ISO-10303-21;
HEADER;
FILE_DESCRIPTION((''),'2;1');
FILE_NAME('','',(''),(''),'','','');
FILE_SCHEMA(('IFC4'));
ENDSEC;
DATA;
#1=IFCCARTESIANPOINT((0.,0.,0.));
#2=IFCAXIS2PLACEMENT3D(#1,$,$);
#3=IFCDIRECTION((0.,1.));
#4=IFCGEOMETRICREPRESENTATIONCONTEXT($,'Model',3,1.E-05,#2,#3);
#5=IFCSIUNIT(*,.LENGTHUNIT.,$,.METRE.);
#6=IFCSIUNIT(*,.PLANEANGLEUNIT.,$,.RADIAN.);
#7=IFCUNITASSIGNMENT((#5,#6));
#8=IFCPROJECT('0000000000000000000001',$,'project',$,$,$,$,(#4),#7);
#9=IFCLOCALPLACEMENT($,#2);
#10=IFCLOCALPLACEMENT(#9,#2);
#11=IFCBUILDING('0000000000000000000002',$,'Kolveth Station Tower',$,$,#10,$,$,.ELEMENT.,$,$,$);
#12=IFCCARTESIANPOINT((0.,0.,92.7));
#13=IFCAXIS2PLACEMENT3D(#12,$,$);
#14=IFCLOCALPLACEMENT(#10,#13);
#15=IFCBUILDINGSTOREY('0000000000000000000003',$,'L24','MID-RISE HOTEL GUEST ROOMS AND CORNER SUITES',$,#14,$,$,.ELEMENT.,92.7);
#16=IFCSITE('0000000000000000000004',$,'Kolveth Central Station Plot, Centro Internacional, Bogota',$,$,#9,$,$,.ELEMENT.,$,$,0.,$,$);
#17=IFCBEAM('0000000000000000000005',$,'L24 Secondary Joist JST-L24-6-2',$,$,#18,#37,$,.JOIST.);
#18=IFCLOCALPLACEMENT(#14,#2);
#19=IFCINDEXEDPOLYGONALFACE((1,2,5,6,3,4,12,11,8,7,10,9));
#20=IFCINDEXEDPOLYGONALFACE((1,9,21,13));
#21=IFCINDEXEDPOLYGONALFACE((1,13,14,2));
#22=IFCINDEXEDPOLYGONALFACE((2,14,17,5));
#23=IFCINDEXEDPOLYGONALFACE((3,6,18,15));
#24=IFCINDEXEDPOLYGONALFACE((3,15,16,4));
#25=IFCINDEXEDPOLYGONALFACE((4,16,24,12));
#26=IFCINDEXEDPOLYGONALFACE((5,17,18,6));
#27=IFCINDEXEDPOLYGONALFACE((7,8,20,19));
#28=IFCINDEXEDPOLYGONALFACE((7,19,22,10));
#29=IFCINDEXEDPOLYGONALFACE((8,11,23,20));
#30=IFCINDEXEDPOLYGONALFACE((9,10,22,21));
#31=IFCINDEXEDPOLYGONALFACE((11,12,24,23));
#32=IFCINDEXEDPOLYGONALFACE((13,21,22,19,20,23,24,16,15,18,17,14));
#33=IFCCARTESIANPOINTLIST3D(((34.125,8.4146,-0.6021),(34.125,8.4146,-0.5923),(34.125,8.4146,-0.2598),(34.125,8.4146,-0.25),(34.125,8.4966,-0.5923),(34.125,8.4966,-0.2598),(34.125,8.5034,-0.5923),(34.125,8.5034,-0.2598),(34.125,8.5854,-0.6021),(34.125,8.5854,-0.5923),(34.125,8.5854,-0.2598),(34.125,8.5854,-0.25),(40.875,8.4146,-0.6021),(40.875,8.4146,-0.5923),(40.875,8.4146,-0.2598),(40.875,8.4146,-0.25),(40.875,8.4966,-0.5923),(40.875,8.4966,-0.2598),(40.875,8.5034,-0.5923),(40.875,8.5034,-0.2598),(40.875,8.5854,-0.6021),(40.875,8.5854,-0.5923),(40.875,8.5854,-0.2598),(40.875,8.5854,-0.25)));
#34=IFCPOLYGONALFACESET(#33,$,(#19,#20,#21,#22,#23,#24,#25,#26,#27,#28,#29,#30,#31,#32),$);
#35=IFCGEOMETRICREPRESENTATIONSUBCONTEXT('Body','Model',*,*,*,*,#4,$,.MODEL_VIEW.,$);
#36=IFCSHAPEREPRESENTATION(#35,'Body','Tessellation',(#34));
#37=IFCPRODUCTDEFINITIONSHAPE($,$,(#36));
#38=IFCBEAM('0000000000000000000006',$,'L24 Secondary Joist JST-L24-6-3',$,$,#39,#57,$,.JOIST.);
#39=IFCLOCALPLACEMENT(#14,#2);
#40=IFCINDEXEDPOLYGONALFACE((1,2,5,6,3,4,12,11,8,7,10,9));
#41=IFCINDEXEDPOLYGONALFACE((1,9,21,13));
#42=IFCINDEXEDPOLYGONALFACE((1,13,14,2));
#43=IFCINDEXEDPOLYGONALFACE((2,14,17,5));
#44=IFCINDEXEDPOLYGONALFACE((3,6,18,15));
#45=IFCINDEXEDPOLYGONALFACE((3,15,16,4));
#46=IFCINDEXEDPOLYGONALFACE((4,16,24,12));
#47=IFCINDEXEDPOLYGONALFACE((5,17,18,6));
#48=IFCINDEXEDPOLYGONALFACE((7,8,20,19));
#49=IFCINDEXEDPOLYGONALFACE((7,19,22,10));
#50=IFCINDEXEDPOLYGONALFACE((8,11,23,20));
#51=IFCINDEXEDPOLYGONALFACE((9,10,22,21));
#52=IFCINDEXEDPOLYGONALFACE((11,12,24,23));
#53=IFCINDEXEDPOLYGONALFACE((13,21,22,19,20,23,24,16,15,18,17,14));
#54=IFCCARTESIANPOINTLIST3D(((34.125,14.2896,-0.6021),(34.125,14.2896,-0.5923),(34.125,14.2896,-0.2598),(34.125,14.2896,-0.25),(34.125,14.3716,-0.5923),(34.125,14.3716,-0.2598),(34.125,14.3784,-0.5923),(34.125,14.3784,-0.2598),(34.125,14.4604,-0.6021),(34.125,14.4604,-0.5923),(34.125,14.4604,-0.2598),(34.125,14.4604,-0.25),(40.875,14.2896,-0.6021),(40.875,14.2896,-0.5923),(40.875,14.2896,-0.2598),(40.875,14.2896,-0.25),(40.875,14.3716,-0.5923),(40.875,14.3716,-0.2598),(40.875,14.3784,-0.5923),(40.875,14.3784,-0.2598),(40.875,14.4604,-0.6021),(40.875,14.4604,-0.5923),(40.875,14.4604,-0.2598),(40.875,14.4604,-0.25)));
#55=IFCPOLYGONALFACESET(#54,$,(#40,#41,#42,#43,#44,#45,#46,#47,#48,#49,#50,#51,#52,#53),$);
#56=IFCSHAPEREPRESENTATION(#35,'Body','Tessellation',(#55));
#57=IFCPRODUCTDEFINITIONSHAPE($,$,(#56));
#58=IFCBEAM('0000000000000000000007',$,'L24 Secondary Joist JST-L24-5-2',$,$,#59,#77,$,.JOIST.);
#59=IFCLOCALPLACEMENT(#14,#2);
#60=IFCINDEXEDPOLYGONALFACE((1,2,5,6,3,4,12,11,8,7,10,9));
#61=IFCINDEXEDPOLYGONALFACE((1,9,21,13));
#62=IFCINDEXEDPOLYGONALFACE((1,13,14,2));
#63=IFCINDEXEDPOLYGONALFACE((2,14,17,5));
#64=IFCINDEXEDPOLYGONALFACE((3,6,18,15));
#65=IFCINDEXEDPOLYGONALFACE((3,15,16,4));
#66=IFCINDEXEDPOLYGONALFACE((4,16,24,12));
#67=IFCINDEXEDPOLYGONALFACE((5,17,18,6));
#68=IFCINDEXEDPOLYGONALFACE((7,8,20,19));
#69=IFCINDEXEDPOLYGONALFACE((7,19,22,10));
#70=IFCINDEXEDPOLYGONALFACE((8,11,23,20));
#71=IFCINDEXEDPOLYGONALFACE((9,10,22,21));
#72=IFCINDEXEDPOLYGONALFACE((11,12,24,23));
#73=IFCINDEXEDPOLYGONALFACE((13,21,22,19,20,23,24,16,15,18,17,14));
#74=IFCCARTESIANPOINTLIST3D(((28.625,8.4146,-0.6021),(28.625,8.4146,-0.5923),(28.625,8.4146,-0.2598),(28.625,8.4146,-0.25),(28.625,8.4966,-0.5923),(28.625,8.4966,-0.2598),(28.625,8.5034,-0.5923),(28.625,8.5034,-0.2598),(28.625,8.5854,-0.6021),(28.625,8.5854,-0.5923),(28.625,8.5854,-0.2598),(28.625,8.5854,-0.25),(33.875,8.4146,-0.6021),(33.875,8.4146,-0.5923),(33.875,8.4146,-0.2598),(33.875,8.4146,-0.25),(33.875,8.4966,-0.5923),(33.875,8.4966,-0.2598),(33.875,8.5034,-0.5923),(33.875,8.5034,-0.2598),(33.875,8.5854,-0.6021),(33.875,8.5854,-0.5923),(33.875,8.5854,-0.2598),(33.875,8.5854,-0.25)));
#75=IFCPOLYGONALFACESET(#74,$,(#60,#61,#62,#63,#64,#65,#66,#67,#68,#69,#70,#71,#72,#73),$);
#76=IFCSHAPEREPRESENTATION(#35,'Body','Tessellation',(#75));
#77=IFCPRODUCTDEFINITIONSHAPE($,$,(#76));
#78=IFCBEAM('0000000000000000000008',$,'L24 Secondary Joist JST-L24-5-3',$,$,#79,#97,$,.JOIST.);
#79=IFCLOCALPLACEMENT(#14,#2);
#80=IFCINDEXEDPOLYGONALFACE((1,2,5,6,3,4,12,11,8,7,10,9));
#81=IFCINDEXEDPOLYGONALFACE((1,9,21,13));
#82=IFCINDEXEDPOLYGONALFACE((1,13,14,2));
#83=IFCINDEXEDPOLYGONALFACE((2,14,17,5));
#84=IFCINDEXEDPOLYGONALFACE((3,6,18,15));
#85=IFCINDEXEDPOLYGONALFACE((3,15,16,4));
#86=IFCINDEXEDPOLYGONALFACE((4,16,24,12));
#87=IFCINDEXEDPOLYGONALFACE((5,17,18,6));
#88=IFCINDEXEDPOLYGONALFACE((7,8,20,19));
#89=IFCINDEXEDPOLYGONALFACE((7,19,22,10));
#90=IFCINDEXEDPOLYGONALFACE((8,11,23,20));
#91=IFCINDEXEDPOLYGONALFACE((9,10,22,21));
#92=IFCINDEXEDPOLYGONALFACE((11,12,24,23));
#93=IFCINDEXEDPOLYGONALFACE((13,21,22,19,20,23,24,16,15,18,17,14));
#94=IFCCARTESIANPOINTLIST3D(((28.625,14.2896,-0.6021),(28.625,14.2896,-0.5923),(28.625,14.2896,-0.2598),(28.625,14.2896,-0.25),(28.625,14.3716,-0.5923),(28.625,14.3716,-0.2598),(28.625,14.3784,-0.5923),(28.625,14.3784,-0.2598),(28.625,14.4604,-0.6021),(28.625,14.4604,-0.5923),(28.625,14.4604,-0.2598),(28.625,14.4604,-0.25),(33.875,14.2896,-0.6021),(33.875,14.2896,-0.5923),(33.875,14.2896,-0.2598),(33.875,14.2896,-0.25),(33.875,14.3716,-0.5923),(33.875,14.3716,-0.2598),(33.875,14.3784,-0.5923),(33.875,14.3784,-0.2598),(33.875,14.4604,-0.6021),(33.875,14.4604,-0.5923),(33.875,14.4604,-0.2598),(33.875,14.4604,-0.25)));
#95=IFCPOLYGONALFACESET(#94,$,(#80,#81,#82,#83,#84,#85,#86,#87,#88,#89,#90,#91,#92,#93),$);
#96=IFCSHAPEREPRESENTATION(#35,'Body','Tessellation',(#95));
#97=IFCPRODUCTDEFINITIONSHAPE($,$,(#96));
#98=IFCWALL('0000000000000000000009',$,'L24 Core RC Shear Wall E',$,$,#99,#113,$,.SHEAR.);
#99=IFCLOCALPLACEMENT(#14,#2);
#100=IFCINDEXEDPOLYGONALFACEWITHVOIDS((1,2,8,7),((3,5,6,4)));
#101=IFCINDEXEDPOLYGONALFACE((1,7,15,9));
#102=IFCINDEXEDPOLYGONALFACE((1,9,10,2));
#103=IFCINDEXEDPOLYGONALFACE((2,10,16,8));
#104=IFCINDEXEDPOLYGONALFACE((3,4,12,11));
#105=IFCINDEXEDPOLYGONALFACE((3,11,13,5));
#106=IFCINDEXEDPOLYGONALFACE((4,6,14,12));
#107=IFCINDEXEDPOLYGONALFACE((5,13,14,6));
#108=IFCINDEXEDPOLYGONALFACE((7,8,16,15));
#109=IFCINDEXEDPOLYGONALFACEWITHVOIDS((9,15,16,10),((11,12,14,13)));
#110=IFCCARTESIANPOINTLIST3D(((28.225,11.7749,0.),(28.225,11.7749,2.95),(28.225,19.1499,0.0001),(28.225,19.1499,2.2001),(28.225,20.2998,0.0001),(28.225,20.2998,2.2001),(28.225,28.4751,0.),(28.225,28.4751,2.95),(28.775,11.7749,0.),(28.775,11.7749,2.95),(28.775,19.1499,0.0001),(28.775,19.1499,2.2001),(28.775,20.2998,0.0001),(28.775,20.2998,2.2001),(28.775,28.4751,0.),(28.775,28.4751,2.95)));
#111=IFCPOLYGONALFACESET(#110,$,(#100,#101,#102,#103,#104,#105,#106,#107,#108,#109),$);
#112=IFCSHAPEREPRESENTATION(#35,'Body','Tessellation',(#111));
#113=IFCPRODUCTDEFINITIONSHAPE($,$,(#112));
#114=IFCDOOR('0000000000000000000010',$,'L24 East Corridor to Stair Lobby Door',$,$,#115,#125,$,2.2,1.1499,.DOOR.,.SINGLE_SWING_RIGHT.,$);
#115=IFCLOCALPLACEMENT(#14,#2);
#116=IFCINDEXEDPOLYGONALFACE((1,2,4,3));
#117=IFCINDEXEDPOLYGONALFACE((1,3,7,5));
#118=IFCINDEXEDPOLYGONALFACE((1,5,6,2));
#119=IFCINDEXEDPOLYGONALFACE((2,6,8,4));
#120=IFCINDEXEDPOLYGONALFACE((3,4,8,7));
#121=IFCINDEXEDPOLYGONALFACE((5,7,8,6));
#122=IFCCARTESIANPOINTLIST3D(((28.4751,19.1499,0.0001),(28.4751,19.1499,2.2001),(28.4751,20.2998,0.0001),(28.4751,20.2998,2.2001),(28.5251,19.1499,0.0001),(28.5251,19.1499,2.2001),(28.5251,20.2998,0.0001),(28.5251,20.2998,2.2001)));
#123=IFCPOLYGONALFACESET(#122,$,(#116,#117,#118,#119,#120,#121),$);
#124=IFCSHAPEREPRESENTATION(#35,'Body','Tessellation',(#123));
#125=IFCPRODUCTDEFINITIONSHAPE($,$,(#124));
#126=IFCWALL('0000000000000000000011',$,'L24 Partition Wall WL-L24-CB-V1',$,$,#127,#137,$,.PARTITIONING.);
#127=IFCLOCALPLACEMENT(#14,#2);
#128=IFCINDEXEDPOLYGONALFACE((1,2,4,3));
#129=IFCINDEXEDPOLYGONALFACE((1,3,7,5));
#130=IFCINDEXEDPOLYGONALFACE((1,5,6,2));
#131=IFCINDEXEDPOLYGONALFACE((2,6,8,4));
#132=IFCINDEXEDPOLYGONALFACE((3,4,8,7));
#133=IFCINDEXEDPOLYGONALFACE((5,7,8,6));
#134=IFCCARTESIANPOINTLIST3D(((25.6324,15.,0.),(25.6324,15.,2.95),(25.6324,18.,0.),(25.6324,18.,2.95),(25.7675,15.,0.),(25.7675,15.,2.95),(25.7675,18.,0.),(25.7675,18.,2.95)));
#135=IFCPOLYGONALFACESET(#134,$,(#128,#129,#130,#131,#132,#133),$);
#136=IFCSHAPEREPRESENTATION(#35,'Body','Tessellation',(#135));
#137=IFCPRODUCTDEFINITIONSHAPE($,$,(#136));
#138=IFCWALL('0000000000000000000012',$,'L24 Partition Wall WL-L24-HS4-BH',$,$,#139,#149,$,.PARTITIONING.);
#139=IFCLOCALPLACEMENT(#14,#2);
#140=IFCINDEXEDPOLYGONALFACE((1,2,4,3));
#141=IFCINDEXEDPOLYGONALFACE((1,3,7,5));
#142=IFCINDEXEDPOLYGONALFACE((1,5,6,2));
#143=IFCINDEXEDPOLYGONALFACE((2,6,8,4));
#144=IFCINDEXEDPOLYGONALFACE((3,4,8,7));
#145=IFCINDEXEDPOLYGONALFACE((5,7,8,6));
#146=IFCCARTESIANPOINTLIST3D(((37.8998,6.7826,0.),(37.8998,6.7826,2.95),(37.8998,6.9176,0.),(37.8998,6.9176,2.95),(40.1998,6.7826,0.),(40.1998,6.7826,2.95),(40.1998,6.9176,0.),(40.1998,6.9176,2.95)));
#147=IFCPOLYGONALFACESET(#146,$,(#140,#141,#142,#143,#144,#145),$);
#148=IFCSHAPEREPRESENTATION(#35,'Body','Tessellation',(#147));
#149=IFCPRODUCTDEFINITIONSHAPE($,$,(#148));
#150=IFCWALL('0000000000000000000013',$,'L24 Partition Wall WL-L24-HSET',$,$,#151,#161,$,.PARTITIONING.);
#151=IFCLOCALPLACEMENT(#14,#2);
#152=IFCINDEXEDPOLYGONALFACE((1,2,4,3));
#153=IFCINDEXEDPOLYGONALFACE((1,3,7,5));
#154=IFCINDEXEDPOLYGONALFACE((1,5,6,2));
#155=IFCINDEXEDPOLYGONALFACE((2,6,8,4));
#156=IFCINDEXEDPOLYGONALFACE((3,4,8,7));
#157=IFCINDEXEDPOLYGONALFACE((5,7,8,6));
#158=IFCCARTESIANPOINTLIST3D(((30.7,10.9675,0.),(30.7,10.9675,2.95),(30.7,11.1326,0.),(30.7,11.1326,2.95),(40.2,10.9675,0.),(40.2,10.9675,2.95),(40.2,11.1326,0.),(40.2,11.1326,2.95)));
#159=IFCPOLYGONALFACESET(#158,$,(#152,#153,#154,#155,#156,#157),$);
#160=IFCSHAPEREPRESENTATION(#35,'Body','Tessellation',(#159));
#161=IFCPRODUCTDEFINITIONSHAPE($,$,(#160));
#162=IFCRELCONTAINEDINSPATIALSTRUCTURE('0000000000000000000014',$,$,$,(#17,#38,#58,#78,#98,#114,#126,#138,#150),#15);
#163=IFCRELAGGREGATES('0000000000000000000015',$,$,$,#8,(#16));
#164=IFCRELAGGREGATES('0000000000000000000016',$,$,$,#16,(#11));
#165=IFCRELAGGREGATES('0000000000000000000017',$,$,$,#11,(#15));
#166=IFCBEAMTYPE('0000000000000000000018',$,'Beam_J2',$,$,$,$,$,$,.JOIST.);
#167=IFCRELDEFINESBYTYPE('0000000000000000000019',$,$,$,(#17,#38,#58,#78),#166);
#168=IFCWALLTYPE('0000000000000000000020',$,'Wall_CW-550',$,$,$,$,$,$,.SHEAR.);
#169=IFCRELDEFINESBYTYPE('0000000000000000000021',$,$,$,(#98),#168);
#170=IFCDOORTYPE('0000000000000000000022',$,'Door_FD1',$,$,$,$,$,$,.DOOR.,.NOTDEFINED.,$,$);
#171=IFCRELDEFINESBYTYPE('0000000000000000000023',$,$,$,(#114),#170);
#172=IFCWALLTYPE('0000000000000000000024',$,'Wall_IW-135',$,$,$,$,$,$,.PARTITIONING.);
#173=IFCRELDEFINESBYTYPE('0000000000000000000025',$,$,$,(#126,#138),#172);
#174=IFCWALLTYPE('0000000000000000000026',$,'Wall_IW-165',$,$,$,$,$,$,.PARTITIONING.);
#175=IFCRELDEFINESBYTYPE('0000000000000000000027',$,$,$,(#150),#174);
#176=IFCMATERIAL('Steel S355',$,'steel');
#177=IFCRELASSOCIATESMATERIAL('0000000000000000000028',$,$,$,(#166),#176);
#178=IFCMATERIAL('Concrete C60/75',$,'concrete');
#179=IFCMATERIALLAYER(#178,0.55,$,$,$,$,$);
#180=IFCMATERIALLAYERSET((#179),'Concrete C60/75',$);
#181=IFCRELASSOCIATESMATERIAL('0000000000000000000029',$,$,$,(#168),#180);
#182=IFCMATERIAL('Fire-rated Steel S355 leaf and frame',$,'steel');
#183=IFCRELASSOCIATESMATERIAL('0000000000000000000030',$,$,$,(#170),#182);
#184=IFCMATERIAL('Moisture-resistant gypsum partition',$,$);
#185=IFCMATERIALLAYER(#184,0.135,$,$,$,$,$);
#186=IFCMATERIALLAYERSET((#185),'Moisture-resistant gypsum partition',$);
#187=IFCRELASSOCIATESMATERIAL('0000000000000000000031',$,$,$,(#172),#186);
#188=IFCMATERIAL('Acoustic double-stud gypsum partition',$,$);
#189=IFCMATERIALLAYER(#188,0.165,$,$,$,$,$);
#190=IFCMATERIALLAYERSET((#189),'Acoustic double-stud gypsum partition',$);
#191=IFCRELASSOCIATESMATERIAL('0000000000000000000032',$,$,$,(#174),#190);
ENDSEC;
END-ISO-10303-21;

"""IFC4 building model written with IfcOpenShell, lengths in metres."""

from ifc_helpers import new_model, si_unit, direction, frame, frame_2d, origin, origin_2d, place, context, subcontext, project, spatial, rectangle, i_section, extrude, source, transform, mapped, material, layer, layer_set, material_profile, profile_set, type_object, element, fill, save


model = new_model("IFC4")

# Units and contexts
model_context = context("Model", 3, precision=1e-05, world=origin(), true_north=direction((0.0, 1.0)))
body_context = subcontext(model_context, "Body", "Model", "MODEL_VIEW")
ifc_project = project(units=[si_unit("LENGTHUNIT", "METRE"), si_unit("PLANEANGLEUNIT", "RADIAN")], contexts=[model_context])

# Site, building, storey
site_placement = place(None, origin())
site = spatial("IfcSite", under=ifc_project, at=site_placement, Name="Kolveth Central Station Plot, Centro Internacional, Bogota", CompositionType="ELEMENT", RefElevation=0.0)
building_placement = place(site_placement, origin())
building = spatial("IfcBuilding", under=site, at=building_placement, Name="Kolveth Station Tower", CompositionType="ELEMENT")
storey_placement = place(building_placement, frame((0.0, 0.0, 92.7)))
storey = spatial("IfcBuildingStorey", under=building, at=storey_placement, Name="L24", Description="MID-RISE HOTEL GUEST ROOMS AND CORNER SUITES", CompositionType="ELEMENT", Elevation=92.7)

# Shared definitions
ifc_material_1 = material(Name="Steel S355", Category="steel")

# Beams
ifc_material_profile_1 = material_profile(ifc_material_1, i_section(OverallWidth=0.1709, OverallDepth=0.3521, WebThickness=0.0068, FlangeThickness=0.0098, at=origin_2d()), Name="W360x44")
ifc_profile_set_1 = profile_set([ifc_material_profile_1], Name="Steel S355")
beam_type_1 = type_object("IfcBeamType", Name="Beam_J2", PredefinedType="JOIST", material=ifc_profile_set_1)
shared_shape_1 = source(origin(), body_context, "Body", "SweptSolid", [
    extrude(i_section(OverallWidth=0.1709, OverallDepth=0.3521, WebThickness=0.0068, FlangeThickness=0.0098, at=origin_2d()), origin(), (0.0, 0.0, 1.0), 6.75),
])
for number, where, z_axis, x_axis, name in (
    (1, (34.125, 8.5, -0.426), (1.0, 0.0, 0.0), (0.0, 1.0, 0.0), "L24 Secondary Joist JST-L24-6-2"),
    (2, (34.125, 14.375, -0.426), (1.0, 0.0, 0.0), (0.0, 1.0, 0.0), "L24 Secondary Joist JST-L24-6-3"),
):
    element("IfcBeam", number, at=place(storey_placement, frame(where, z_axis=z_axis, x_axis=x_axis)), inside=storey, type_object=beam_type_1, Name=name, PredefinedType="JOIST", context=body_context, shape_type="MappedRepresentation", body=[
        mapped(shared_shape_1, transform((0.0, 0.0, 0.0), x_axis=(1.0, 0.0, 0.0), y_axis=(0.0, 1.0, 0.0), z_axis=(0.0, 0.0, 1.0), scale=1.0)),
    ])
shared_shape_2 = source(origin(), body_context, "Body", "SweptSolid", [
    extrude(i_section(OverallWidth=0.1709, OverallDepth=0.3521, WebThickness=0.0068, FlangeThickness=0.0098, at=origin_2d()), origin(), (0.0, 0.0, 1.0), 5.25),
])
for number, where, z_axis, x_axis, name in (
    (3, (28.625, 8.5, -0.426), (1.0, 0.0, 0.0), (0.0, 1.0, 0.0), "L24 Secondary Joist JST-L24-5-2"),
    (4, (28.625, 14.375, -0.426), (1.0, 0.0, 0.0), (0.0, 1.0, 0.0), "L24 Secondary Joist JST-L24-5-3"),
):
    element("IfcBeam", number, at=place(storey_placement, frame(where, z_axis=z_axis, x_axis=x_axis)), inside=storey, type_object=beam_type_1, Name=name, PredefinedType="JOIST", context=body_context, shape_type="MappedRepresentation", body=[
        mapped(shared_shape_2, transform((0.0, 0.0, 0.0), x_axis=(1.0, 0.0, 0.0), y_axis=(0.0, 1.0, 0.0), z_axis=(0.0, 0.0, 1.0), scale=1.0)),
    ])

# Wall, opening, door
ifc_material_2 = material(Name="Concrete C60/75", Category="concrete")
ifc_layer_1 = layer(ifc_material_2, 0.55)
ifc_layer_set_1 = layer_set([ifc_layer_1], Name="Concrete C60/75")
wall_type_1 = type_object("IfcWallType", Name="Wall_CW-550", PredefinedType="SHEAR", material=ifc_layer_set_1)
wall_1_placement = place(storey_placement, frame((28.5, 11.7749, 0.0), z_axis=(0.0, 0.0, 1.0), x_axis=(0.0, 1.0, 0.0)))
wall_1 = element("IfcWall", 5, at=wall_1_placement, inside=storey, type_object=wall_type_1, Name="L24 Core RC Shear Wall E", PredefinedType="SHEAR", context=body_context, shape_type="SweptSolid", body=[
    extrude(rectangle(XDim=16.7002, YDim=0.55, at=frame_2d((8.3501, 0.0))), origin(), (0.0, 0.0, 1.0), 2.95),
])
opening_1_placement = place(wall_1_placement, frame((7.375, 0.0, 0.0)))
opening_1 = element("IfcOpeningElement", 6, at=opening_1_placement, cuts=wall_1, PredefinedType="OPENING", context=body_context, shape_type="SweptSolid", body=[
    extrude(rectangle(XDim=1.1499, YDim=2.2, at=frame_2d((0.575, 1.1001))), frame((0.0, 0.2849, 0.0), z_axis=(0.0, -1.0, 0.0), x_axis=(1.0, 0.0, 0.0)), (0.0, 0.0, 1.0), 0.5701),
])
ifc_material_3 = material(Name="Fire-rated Steel S355 leaf and frame", Category="steel")
door_type_1 = type_object("IfcDoorType", Name="Door_FD1", OperationType="NOTDEFINED", PredefinedType="DOOR", material=ifc_material_3)
door_1_placement = place(opening_1_placement, origin())
door_1 = element("IfcDoor", 7, at=door_1_placement, inside=storey, type_object=door_type_1, Name="L24 East Corridor to Stair Lobby Door", OperationType="SINGLE_SWING_RIGHT", OverallHeight=2.2, OverallWidth=1.1499, PredefinedType="DOOR", context=body_context, shape_type="SweptSolid", body=[
    extrude(rectangle(XDim=1.1499, YDim=2.2, at=frame_2d((0.575, 1.1001))), frame((0.0, 0.0249, 0.0), z_axis=(0.0, -1.0, 0.0), x_axis=(1.0, 0.0, 0.0)), (0.0, 0.0, 1.0), 0.05),
])
fill(opening_1, door_1)

# Walls
ifc_material_4 = material(Name="Moisture-resistant gypsum partition")
ifc_layer_2 = layer(ifc_material_4, 0.135)
ifc_layer_set_2 = layer_set([ifc_layer_2], Name="Moisture-resistant gypsum partition")
wall_type_2 = type_object("IfcWallType", Name="Wall_IW-135", PredefinedType="PARTITIONING", material=ifc_layer_set_2)
wall_2_placement = place(storey_placement, frame((25.7, 15.0, 0.0), z_axis=(0.0, 0.0, 1.0), x_axis=(0.0, 1.0, 0.0)))
element("IfcWall", 8, at=wall_2_placement, inside=storey, type_object=wall_type_2, Name="L24 Partition Wall WL-L24-CB-V1", PredefinedType="PARTITIONING", context=body_context, shape_type="SweptSolid", body=[
    extrude(rectangle(XDim=3.0, YDim=0.135, at=frame_2d((1.5, 0.0))), origin(), (0.0, 0.0, 1.0), 2.95),
])
wall_3_placement = place(storey_placement, frame((37.8999, 6.8501, 0.0), z_axis=(0.0, 0.0, 1.0), x_axis=(1.0, 0.0, 0.0)))
element("IfcWall", 9, at=wall_3_placement, inside=storey, type_object=wall_type_2, Name="L24 Partition Wall WL-L24-HS4-BH", PredefinedType="PARTITIONING", context=body_context, shape_type="SweptSolid", body=[
    extrude(rectangle(XDim=2.3, YDim=0.135, at=frame_2d((1.1499, 0.0))), origin(), (0.0, 0.0, 1.0), 2.95),
])
ifc_material_5 = material(Name="Acoustic double-stud gypsum partition")
ifc_layer_3 = layer(ifc_material_5, 0.165)
ifc_layer_set_3 = layer_set([ifc_layer_3], Name="Acoustic double-stud gypsum partition")
wall_type_3 = type_object("IfcWallType", Name="Wall_IW-165", PredefinedType="PARTITIONING", material=ifc_layer_set_3)
wall_4_placement = place(storey_placement, frame((30.7, 11.05, 0.0), z_axis=(0.0, 0.0, 1.0), x_axis=(1.0, 0.0, 0.0)))
element("IfcWall", 10, at=wall_4_placement, inside=storey, type_object=wall_type_3, Name="L24 Partition Wall WL-L24-HSET", PredefinedType="PARTITIONING", context=body_context, shape_type="SweptSolid", body=[
    extrude(rectangle(XDim=9.5, YDim=0.165, at=frame_2d((4.75, 0.0))), origin(), (0.0, 0.0, 1.0), 2.95),
])

save(model, "model.ifc")
